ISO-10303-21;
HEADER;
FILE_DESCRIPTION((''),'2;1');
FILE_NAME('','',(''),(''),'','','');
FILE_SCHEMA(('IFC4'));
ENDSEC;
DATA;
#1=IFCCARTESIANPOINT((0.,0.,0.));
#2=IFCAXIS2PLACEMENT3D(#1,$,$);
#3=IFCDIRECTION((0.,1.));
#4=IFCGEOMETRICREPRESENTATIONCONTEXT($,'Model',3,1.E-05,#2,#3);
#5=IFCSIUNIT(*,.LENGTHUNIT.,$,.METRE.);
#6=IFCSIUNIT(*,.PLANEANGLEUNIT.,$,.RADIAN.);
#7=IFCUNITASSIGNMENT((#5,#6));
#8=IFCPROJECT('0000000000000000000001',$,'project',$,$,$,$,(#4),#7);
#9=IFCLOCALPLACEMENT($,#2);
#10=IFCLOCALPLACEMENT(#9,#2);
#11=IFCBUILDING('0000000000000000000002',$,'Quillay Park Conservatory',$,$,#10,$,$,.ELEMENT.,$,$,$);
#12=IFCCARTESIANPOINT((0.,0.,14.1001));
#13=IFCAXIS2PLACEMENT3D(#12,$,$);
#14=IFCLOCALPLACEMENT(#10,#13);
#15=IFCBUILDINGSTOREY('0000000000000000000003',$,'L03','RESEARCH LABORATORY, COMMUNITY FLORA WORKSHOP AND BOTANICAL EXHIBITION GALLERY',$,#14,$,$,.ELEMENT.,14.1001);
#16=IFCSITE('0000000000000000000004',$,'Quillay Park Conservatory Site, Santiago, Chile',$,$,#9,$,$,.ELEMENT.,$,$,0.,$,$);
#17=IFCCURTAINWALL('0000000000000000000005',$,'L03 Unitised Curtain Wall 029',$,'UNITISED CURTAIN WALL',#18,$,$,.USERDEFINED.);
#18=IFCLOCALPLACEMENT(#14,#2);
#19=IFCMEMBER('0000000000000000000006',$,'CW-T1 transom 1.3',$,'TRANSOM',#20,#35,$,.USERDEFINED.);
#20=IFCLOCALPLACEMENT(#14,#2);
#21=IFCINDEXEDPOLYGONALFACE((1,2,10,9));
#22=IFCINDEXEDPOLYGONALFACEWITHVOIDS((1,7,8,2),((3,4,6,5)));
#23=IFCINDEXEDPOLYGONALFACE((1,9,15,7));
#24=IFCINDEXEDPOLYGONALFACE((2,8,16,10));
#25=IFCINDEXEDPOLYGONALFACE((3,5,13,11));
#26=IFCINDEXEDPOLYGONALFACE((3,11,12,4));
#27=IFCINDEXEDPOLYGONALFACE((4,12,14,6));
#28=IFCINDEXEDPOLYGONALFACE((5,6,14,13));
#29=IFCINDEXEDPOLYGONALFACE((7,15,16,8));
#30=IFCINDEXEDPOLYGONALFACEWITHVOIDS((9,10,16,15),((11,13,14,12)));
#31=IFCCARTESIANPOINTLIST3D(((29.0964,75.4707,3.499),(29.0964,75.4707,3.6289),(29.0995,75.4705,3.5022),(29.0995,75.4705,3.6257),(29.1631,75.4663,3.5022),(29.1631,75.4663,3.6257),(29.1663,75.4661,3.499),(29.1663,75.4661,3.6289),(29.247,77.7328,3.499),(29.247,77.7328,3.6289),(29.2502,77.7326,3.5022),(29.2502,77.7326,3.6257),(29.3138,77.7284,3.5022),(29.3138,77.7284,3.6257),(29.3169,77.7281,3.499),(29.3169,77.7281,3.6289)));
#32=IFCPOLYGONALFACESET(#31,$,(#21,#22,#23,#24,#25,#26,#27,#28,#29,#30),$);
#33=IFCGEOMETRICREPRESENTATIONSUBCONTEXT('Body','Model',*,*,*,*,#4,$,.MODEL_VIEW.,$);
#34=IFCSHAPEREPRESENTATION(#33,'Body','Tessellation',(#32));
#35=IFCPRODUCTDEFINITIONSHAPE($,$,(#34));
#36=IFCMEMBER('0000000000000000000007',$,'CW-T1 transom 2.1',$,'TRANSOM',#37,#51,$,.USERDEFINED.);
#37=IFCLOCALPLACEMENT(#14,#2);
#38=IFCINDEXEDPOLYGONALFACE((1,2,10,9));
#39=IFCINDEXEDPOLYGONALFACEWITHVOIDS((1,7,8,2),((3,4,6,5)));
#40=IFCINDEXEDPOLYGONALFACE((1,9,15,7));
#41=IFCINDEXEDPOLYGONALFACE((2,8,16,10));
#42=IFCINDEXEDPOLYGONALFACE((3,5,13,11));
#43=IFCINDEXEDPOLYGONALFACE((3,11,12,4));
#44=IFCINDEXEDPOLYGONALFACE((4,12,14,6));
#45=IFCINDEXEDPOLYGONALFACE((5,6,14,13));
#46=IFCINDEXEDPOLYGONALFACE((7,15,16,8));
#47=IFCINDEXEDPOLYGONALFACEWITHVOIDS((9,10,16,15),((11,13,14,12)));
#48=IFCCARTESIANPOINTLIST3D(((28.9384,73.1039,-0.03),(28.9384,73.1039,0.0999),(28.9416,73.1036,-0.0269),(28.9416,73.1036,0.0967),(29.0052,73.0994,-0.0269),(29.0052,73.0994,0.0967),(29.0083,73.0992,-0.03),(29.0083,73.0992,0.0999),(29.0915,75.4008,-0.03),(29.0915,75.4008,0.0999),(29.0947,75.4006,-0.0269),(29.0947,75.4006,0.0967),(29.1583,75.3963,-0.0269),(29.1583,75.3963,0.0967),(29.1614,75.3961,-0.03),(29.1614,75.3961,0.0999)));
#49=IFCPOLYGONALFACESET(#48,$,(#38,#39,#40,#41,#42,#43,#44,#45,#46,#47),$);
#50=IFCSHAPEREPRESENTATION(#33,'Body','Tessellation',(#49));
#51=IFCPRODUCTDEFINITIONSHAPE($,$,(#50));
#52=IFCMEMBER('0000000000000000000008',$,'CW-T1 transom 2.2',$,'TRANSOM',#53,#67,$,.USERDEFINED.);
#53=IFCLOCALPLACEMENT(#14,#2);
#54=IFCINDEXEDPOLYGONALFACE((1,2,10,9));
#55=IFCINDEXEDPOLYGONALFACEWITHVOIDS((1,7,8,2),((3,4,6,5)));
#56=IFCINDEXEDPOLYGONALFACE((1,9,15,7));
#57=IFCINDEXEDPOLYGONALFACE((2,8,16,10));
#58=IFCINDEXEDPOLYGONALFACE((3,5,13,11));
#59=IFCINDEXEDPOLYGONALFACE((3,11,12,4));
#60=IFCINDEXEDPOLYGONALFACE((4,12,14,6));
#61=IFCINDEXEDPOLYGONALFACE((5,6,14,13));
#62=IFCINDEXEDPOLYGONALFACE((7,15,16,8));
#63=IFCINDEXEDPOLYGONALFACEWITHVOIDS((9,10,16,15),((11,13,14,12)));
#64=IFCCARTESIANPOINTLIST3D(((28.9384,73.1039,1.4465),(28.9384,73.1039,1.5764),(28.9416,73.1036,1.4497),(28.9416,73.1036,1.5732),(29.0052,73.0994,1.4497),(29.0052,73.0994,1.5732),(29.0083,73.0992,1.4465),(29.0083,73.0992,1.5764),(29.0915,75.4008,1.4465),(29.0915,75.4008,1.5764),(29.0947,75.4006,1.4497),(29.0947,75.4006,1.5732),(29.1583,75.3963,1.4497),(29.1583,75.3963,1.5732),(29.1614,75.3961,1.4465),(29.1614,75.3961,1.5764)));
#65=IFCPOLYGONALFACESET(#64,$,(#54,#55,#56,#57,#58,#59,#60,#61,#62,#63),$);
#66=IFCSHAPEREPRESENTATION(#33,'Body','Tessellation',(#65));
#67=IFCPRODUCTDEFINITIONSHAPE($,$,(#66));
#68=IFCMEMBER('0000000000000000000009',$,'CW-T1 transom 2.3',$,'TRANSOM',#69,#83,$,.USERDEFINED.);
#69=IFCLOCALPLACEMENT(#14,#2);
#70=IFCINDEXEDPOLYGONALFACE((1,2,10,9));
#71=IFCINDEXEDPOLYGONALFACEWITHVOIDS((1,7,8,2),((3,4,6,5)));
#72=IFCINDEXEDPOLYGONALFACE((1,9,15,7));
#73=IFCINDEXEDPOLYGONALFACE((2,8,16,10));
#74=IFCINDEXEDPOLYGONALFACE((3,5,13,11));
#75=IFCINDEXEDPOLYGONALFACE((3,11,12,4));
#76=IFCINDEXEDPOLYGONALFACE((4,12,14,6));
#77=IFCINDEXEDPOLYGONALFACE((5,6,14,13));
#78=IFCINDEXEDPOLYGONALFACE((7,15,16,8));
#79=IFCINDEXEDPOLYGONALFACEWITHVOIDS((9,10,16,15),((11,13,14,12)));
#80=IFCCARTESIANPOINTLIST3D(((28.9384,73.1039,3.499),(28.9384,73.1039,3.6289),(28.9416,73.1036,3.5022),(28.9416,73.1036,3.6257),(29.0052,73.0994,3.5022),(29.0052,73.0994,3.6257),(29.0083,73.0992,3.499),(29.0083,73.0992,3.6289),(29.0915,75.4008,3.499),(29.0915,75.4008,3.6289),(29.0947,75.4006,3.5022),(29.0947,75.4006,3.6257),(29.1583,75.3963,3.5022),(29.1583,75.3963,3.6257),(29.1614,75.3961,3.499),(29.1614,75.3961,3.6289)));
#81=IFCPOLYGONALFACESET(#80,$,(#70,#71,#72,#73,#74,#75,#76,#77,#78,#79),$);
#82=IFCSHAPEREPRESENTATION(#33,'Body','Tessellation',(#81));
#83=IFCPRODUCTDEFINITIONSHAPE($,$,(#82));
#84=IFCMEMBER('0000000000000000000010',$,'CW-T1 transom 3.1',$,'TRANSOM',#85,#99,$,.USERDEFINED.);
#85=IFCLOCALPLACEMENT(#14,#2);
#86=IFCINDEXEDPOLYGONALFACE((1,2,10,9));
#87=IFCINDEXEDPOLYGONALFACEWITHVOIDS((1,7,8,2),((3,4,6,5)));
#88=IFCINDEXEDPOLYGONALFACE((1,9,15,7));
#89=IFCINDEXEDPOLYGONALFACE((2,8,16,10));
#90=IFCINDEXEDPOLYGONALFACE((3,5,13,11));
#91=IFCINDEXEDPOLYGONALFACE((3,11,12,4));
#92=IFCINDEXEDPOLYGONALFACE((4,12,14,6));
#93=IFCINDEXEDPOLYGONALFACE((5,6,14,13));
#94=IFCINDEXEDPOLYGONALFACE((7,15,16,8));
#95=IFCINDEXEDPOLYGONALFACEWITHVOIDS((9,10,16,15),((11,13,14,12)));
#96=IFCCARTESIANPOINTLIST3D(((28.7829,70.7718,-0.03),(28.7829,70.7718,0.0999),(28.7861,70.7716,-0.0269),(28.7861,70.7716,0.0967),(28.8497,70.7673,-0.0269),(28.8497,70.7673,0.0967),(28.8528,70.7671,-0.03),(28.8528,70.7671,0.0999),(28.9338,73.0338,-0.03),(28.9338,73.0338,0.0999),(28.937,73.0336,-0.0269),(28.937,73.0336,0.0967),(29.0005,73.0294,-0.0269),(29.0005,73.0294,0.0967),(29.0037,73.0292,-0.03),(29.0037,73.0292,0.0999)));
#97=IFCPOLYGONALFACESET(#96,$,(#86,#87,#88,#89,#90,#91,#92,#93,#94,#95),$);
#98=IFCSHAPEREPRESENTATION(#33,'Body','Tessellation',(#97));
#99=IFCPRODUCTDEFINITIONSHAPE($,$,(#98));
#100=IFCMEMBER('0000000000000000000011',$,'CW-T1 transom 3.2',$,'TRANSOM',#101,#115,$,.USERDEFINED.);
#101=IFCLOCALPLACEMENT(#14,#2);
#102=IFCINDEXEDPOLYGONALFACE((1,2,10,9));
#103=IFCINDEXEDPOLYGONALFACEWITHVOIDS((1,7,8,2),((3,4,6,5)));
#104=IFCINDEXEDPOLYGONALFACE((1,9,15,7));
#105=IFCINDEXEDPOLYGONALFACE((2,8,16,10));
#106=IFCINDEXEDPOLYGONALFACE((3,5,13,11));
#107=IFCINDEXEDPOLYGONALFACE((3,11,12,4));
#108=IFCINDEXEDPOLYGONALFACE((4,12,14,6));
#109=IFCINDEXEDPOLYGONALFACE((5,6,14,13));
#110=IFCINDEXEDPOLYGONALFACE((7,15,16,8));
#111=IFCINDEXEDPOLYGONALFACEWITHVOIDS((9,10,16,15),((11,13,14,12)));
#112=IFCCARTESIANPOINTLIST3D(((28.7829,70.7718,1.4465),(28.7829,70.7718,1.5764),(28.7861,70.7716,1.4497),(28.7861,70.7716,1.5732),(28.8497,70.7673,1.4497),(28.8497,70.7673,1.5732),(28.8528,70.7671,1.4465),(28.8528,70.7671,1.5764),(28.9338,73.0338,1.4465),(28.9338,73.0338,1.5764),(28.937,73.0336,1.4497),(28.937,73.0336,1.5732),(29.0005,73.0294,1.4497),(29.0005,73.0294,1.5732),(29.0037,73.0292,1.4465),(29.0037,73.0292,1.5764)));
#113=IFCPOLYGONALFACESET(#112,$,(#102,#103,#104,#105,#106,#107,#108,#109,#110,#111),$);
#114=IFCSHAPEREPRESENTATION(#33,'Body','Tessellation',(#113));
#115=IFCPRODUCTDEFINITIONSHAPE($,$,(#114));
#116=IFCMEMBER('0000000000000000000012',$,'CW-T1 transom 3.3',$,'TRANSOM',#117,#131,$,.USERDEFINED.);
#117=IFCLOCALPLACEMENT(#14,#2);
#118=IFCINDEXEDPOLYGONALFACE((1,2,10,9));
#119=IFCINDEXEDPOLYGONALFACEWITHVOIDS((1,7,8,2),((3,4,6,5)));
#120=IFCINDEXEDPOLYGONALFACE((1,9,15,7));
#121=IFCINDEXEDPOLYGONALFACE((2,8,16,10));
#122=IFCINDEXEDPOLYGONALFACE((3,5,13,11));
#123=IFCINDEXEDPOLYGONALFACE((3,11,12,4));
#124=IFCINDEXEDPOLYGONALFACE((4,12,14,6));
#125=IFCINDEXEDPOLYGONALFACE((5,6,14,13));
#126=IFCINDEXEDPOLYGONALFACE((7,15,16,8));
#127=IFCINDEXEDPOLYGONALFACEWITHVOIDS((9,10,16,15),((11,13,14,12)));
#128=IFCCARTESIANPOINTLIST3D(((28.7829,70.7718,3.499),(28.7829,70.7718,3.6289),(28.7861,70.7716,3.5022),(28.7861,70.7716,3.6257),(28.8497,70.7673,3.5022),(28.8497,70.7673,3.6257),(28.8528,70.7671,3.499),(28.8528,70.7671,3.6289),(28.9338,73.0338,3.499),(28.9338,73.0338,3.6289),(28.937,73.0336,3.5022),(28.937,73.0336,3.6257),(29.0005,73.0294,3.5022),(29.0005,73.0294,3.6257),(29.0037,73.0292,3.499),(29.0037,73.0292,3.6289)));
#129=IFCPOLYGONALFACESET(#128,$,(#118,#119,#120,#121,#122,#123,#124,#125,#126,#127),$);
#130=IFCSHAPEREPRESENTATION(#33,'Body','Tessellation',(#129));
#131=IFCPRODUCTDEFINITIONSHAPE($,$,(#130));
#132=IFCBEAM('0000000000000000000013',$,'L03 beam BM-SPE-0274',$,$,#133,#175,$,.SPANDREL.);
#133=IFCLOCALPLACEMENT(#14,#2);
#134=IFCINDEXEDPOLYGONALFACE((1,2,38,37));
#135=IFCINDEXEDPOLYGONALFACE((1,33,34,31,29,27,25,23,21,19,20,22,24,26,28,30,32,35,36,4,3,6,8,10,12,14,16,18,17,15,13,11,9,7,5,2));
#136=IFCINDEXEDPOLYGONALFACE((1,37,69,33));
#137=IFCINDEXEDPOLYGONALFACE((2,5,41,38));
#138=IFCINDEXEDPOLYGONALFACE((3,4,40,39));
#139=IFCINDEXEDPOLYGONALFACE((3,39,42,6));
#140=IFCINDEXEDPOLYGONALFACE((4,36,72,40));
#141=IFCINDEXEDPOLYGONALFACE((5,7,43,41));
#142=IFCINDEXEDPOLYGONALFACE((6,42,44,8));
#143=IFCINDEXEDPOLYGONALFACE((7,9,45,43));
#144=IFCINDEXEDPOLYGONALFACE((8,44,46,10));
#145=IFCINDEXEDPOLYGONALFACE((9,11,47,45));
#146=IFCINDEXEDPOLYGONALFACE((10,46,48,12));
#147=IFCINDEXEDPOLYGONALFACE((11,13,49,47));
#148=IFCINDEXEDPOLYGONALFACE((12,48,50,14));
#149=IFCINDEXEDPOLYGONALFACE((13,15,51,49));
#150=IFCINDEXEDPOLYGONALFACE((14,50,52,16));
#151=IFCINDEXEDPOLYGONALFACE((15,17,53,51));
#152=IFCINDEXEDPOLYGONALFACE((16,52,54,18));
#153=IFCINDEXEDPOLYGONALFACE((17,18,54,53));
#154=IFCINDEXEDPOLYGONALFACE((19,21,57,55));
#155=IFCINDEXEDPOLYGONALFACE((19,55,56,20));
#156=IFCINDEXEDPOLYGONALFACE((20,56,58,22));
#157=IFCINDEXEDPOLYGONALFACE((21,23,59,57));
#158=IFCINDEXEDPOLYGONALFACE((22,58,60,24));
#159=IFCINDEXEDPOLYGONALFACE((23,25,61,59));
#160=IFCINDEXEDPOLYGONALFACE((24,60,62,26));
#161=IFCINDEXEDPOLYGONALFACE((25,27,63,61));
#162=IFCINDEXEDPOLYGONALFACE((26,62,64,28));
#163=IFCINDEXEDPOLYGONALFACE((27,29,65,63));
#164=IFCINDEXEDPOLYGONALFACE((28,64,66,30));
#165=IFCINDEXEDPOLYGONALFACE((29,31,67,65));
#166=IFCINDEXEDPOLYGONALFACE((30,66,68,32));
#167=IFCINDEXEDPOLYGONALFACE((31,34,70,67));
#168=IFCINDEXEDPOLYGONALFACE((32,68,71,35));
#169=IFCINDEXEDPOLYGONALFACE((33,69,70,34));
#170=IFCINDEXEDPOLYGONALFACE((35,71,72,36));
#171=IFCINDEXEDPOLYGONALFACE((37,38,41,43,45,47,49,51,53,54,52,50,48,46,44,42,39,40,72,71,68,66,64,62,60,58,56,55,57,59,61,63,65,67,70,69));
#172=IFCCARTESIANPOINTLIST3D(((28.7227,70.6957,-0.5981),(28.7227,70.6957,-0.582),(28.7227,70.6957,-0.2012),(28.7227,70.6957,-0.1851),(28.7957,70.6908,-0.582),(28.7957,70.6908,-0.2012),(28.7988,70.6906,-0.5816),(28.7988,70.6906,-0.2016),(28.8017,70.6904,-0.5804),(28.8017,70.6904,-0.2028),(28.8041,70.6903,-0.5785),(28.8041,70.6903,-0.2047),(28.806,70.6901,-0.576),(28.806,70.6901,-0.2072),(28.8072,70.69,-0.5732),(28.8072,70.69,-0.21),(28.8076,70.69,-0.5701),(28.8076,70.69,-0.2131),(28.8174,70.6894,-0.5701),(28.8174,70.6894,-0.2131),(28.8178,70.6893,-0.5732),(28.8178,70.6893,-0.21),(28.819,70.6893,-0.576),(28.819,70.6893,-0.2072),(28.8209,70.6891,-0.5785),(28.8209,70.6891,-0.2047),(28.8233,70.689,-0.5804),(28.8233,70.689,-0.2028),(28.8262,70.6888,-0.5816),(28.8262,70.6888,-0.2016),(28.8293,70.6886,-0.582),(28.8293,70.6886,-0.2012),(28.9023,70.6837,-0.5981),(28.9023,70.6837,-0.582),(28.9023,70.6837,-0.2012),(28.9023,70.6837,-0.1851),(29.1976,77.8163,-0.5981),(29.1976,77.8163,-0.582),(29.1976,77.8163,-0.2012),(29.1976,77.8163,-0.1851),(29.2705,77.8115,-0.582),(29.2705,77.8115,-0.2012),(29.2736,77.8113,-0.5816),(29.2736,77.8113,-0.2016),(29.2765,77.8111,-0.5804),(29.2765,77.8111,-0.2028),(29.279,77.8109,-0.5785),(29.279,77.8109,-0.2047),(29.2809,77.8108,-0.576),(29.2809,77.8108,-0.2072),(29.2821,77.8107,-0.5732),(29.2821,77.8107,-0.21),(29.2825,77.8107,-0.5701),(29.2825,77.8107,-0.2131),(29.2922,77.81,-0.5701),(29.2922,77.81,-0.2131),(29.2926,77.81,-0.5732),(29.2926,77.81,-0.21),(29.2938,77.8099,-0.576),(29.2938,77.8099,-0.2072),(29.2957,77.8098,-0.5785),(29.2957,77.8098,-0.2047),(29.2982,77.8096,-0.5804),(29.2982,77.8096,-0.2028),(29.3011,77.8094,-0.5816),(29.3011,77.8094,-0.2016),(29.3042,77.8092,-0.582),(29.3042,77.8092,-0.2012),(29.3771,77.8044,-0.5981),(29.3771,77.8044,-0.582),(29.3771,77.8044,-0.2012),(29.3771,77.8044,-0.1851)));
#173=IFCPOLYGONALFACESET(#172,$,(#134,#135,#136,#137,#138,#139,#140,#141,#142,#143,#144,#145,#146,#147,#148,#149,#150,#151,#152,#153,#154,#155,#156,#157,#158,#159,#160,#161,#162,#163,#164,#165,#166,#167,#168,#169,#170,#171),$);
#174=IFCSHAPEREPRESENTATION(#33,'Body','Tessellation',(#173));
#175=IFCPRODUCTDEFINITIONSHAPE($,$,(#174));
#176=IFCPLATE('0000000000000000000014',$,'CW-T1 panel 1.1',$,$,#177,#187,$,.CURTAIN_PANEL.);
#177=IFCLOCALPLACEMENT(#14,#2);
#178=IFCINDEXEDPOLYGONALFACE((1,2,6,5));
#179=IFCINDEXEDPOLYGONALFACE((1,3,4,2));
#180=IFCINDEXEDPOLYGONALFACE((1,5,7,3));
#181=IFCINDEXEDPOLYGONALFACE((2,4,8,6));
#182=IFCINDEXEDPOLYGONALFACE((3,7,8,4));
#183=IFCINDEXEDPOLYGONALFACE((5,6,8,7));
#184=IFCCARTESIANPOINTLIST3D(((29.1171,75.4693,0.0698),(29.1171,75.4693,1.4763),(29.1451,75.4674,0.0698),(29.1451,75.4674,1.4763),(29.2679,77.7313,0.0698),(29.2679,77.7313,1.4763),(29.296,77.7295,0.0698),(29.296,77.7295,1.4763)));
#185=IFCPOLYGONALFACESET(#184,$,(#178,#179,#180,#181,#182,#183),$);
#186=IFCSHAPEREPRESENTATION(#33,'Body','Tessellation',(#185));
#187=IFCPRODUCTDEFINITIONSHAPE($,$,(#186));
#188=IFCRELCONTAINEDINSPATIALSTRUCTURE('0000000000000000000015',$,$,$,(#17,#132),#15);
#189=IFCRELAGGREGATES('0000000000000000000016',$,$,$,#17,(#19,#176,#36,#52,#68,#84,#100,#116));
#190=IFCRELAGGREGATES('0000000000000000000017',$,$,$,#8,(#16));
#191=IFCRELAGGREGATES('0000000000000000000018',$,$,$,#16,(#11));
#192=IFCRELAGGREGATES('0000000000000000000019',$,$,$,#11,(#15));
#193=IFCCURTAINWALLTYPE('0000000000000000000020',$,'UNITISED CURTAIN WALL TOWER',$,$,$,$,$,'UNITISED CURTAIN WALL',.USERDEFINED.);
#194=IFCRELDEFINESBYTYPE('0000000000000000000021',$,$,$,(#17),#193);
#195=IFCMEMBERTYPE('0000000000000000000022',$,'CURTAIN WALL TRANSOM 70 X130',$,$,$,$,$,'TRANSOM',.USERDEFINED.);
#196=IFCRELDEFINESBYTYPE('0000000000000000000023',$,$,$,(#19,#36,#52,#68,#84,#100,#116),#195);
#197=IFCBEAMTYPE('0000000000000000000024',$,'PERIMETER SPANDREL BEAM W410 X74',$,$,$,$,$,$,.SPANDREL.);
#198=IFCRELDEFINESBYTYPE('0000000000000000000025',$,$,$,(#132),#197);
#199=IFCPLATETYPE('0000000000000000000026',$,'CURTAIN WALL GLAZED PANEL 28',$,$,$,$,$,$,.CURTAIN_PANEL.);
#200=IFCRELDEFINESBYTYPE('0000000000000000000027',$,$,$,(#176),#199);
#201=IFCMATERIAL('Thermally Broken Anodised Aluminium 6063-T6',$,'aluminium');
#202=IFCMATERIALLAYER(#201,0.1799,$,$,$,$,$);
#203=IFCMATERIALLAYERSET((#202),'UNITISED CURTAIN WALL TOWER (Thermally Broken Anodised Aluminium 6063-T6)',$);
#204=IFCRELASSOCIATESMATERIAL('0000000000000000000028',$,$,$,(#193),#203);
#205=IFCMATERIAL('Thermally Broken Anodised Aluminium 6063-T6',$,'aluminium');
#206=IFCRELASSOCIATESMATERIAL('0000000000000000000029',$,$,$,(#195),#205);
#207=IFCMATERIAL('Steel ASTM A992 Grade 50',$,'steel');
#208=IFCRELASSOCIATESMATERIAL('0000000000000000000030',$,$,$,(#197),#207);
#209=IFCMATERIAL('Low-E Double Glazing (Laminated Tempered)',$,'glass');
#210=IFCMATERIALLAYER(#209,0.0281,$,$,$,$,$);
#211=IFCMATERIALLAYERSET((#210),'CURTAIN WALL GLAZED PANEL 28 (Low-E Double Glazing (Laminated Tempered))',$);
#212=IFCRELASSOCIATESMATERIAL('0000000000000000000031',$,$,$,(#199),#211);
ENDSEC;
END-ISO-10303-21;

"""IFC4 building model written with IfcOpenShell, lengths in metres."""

from ifc_helpers import new_model, si_unit, direction, frame, origin, origin_2d, place, context, subcontext, project, spatial, rectangle, hollow_rectangle, i_section, extrude, material, layer, layer_set, material_profile, profile_set, type_object, element, aggregate, save


model = new_model("IFC4")

# Units and contexts
model_context = context("Model", 3, precision=1e-05, world=origin(), true_north=direction((0.0, 1.0)))
body_context = subcontext(model_context, "Body", "Model", "MODEL_VIEW")
ifc_project = project(units=[si_unit("LENGTHUNIT", "METRE"), si_unit("PLANEANGLEUNIT", "RADIAN")], contexts=[model_context])

# Site, building, storey
site_placement = place(None, origin())
site = spatial("IfcSite", under=ifc_project, at=site_placement, Name="Quillay Park Conservatory Site, Santiago, Chile", CompositionType="ELEMENT", RefElevation=0.0)
building_placement = place(site_placement, origin())
building = spatial("IfcBuilding", under=site, at=building_placement, Name="Quillay Park Conservatory", CompositionType="ELEMENT")
storey_placement = place(building_placement, frame((0.0, 0.0, 14.1001)))
storey = spatial("IfcBuildingStorey", under=building, at=storey_placement, Name="L03", Description="RESEARCH LABORATORY, COMMUNITY FLORA WORKSHOP AND BOTANICAL EXHIBITION GALLERY", CompositionType="ELEMENT", Elevation=14.1001)

# Shared definitions
ifc_material_1 = material(Name="Thermally Broken Anodised Aluminium 6063-T6", Category="aluminium")
ifc_layer_1 = layer(ifc_material_1, 0.1799)
ifc_layer_set_1 = layer_set([ifc_layer_1], Name="UNITISED CURTAIN WALL TOWER (Thermally Broken Anodised Aluminium 6063-T6)")
curtain_wall_type = type_object("IfcCurtainWallType", Name="UNITISED CURTAIN WALL TOWER", ElementType="UNITISED CURTAIN WALL", PredefinedType="USERDEFINED", material=ifc_layer_set_1)

# Curtain wall
curtain_wall_1_placement = place(storey_placement, origin())
curtain_wall_1 = element("IfcCurtainWall", 1, at=curtain_wall_1_placement, inside=storey, type_object=curtain_wall_type, Name="L03 Unitised Curtain Wall 029", ObjectType="UNITISED CURTAIN WALL", PredefinedType="USERDEFINED")

# Members
ifc_material_2 = material(Name="Thermally Broken Anodised Aluminium 6063-T6", Category="aluminium")
ifc_material_profile_1 = material_profile(ifc_material_2, hollow_rectangle(XDim=0.0701, YDim=0.1299, WallThickness=0.0032, at=origin_2d()), Name="AL70x130x3.2")
ifc_profile_set_1 = profile_set([ifc_material_profile_1], Name="Thermally Broken Anodised Aluminium 6063-T6")
member_type_1 = type_object("IfcMemberType", Name="CURTAIN WALL TRANSOM 70 X130", ElementType="TRANSOM", PredefinedType="USERDEFINED", material=ifc_profile_set_1)
member_1_placement = place(storey_placement, frame((29.282, 77.7305, 3.564), z_axis=(-0.066448, -0.99779, 0.0), x_axis=(0.99779, -0.066448, 0.0)))
member_1 = element("IfcMember", 2, at=member_1_placement, type_object=member_type_1, Name="CW-T1 transom 1.3", ObjectType="TRANSOM", PredefinedType="USERDEFINED", context=body_context, shape_type="SweptSolid", body=[
    extrude(hollow_rectangle(XDim=0.0701, YDim=0.1299, WallThickness=0.0032, at=origin_2d()), origin(), (0.0, 0.0, 1.0), 2.2671),
])
member_2_placement = place(storey_placement, frame((29.1265, 75.3984, 0.0349), z_axis=(-0.066498, -0.997787, 0.0), x_axis=(0.997787, -0.066498, 0.0)))
member_2 = element("IfcMember", 3, at=member_2_placement, type_object=member_type_1, Name="CW-T1 transom 2.1", ObjectType="TRANSOM", PredefinedType="USERDEFINED", context=body_context, shape_type="SweptSolid", body=[
    extrude(hollow_rectangle(XDim=0.0701, YDim=0.1299, WallThickness=0.0032, at=origin_2d()), origin(), (0.0, 0.0, 1.0), 2.302),
])
member_3_placement = place(storey_placement, frame((29.1265, 75.3984, 1.5115), z_axis=(-0.066498, -0.997787, 0.0), x_axis=(0.997787, -0.066498, 0.0)))
member_3 = element("IfcMember", 4, at=member_3_placement, type_object=member_type_1, Name="CW-T1 transom 2.2", ObjectType="TRANSOM", PredefinedType="USERDEFINED", context=body_context, shape_type="SweptSolid", body=[
    extrude(hollow_rectangle(XDim=0.0701, YDim=0.1299, WallThickness=0.0032, at=origin_2d()), origin(), (0.0, 0.0, 1.0), 2.302),
])
member_4_placement = place(storey_placement, frame((29.1265, 75.3984, 3.564), z_axis=(-0.066498, -0.997787, 0.0), x_axis=(0.997787, -0.066498, 0.0)))
member_4 = element("IfcMember", 5, at=member_4_placement, type_object=member_type_1, Name="CW-T1 transom 2.3", ObjectType="TRANSOM", PredefinedType="USERDEFINED", context=body_context, shape_type="SweptSolid", body=[
    extrude(hollow_rectangle(XDim=0.0701, YDim=0.1299, WallThickness=0.0032, at=origin_2d()), origin(), (0.0, 0.0, 1.0), 2.302),
])
member_5_placement = place(storey_placement, frame((28.9688, 73.0315, 0.0349), z_axis=(-0.066555, -0.997783, 0.0), x_axis=(0.997783, -0.066555, 0.0)))
member_5 = element("IfcMember", 6, at=member_5_placement, type_object=member_type_1, Name="CW-T1 transom 3.1", ObjectType="TRANSOM", PredefinedType="USERDEFINED", context=body_context, shape_type="SweptSolid", body=[
    extrude(hollow_rectangle(XDim=0.0701, YDim=0.1299, WallThickness=0.0032, at=origin_2d()), origin(), (0.0, 0.0, 1.0), 2.2671),
])
member_6_placement = place(storey_placement, frame((28.9688, 73.0315, 1.5115), z_axis=(-0.066555, -0.997783, 0.0), x_axis=(0.997783, -0.066555, 0.0)))
member_6 = element("IfcMember", 7, at=member_6_placement, type_object=member_type_1, Name="CW-T1 transom 3.2", ObjectType="TRANSOM", PredefinedType="USERDEFINED", context=body_context, shape_type="SweptSolid", body=[
    extrude(hollow_rectangle(XDim=0.0701, YDim=0.1299, WallThickness=0.0032, at=origin_2d()), origin(), (0.0, 0.0, 1.0), 2.2671),
])
member_7_placement = place(storey_placement, frame((28.9688, 73.0315, 3.564), z_axis=(-0.066555, -0.997783, 0.0), x_axis=(0.997783, -0.066555, 0.0)))
member_7 = element("IfcMember", 8, at=member_7_placement, type_object=member_type_1, Name="CW-T1 transom 3.3", ObjectType="TRANSOM", PredefinedType="USERDEFINED", context=body_context, shape_type="SweptSolid", body=[
    extrude(hollow_rectangle(XDim=0.0701, YDim=0.1299, WallThickness=0.0032, at=origin_2d()), origin(), (0.0, 0.0, 1.0), 2.2671),
])

# Beam
ifc_material_3 = material(Name="Steel ASTM A992 Grade 50", Category="steel")
ifc_material_profile_2 = material_profile(ifc_material_3, i_section(OverallWidth=0.1799, OverallDepth=0.4131, WebThickness=0.0098, FlangeThickness=0.0161, FilletRadius=0.012, at=origin_2d()), Name="W410x74")
ifc_profile_set_2 = profile_set([ifc_material_profile_2], Name="Steel ASTM A992 Grade 50")
beam_type = type_object("IfcBeamType", Name="PERIMETER SPANDREL BEAM W410 X74", PredefinedType="SPANDREL", material=ifc_profile_set_2)
beam_placement = place(storey_placement, frame((28.8125, 70.6897, -0.3916), z_axis=(0.066539, 0.997784, 0.0), x_axis=(-0.997784, 0.066539, 0.0)))
element("IfcBeam", 9, at=beam_placement, inside=storey, type_object=beam_type, Name="L03 beam BM-SPE-0274", PredefinedType="SPANDREL", context=body_context, shape_type="SweptSolid", body=[
    extrude(i_section(OverallWidth=0.1799, OverallDepth=0.4131, WebThickness=0.0098, FlangeThickness=0.0161, FilletRadius=0.012, at=origin_2d()), origin(), (0.0, 0.0, 1.0), 7.1365),
])

# Plate
ifc_material_4 = material(Name="Low-E Double Glazing (Laminated Tempered)", Category="glass")
ifc_layer_2 = layer(ifc_material_4, 0.0281)
ifc_layer_set_2 = layer_set([ifc_layer_2], Name="CURTAIN WALL GLAZED PANEL 28 (Low-E Double Glazing (Laminated Tempered))")
plate_type = type_object("IfcPlateType", Name="CURTAIN WALL GLAZED PANEL 28", PredefinedType="CURTAIN_PANEL", material=ifc_layer_set_2)
plate_1_placement = place(storey_placement, frame((29.2065, 76.5994, 0.0698), z_axis=(0.0, 0.0, 1.0), x_axis=(-0.066521, -0.997785, 0.0)))
plate_1 = element("IfcPlate", 10, at=plate_1_placement, type_object=plate_type, Name="CW-T1 panel 1.1", PredefinedType="CURTAIN_PANEL", context=body_context, shape_type="SweptSolid", body=[
    extrude(rectangle(XDim=2.2671, YDim=0.0281, at=origin_2d()), origin(), (0.0, 0.0, 1.0), 1.4065),
])
aggregate(curtain_wall_1, [member_1, plate_1, member_2, member_3, member_4, member_5, member_6, member_7])

save(model, "model.ifc")
